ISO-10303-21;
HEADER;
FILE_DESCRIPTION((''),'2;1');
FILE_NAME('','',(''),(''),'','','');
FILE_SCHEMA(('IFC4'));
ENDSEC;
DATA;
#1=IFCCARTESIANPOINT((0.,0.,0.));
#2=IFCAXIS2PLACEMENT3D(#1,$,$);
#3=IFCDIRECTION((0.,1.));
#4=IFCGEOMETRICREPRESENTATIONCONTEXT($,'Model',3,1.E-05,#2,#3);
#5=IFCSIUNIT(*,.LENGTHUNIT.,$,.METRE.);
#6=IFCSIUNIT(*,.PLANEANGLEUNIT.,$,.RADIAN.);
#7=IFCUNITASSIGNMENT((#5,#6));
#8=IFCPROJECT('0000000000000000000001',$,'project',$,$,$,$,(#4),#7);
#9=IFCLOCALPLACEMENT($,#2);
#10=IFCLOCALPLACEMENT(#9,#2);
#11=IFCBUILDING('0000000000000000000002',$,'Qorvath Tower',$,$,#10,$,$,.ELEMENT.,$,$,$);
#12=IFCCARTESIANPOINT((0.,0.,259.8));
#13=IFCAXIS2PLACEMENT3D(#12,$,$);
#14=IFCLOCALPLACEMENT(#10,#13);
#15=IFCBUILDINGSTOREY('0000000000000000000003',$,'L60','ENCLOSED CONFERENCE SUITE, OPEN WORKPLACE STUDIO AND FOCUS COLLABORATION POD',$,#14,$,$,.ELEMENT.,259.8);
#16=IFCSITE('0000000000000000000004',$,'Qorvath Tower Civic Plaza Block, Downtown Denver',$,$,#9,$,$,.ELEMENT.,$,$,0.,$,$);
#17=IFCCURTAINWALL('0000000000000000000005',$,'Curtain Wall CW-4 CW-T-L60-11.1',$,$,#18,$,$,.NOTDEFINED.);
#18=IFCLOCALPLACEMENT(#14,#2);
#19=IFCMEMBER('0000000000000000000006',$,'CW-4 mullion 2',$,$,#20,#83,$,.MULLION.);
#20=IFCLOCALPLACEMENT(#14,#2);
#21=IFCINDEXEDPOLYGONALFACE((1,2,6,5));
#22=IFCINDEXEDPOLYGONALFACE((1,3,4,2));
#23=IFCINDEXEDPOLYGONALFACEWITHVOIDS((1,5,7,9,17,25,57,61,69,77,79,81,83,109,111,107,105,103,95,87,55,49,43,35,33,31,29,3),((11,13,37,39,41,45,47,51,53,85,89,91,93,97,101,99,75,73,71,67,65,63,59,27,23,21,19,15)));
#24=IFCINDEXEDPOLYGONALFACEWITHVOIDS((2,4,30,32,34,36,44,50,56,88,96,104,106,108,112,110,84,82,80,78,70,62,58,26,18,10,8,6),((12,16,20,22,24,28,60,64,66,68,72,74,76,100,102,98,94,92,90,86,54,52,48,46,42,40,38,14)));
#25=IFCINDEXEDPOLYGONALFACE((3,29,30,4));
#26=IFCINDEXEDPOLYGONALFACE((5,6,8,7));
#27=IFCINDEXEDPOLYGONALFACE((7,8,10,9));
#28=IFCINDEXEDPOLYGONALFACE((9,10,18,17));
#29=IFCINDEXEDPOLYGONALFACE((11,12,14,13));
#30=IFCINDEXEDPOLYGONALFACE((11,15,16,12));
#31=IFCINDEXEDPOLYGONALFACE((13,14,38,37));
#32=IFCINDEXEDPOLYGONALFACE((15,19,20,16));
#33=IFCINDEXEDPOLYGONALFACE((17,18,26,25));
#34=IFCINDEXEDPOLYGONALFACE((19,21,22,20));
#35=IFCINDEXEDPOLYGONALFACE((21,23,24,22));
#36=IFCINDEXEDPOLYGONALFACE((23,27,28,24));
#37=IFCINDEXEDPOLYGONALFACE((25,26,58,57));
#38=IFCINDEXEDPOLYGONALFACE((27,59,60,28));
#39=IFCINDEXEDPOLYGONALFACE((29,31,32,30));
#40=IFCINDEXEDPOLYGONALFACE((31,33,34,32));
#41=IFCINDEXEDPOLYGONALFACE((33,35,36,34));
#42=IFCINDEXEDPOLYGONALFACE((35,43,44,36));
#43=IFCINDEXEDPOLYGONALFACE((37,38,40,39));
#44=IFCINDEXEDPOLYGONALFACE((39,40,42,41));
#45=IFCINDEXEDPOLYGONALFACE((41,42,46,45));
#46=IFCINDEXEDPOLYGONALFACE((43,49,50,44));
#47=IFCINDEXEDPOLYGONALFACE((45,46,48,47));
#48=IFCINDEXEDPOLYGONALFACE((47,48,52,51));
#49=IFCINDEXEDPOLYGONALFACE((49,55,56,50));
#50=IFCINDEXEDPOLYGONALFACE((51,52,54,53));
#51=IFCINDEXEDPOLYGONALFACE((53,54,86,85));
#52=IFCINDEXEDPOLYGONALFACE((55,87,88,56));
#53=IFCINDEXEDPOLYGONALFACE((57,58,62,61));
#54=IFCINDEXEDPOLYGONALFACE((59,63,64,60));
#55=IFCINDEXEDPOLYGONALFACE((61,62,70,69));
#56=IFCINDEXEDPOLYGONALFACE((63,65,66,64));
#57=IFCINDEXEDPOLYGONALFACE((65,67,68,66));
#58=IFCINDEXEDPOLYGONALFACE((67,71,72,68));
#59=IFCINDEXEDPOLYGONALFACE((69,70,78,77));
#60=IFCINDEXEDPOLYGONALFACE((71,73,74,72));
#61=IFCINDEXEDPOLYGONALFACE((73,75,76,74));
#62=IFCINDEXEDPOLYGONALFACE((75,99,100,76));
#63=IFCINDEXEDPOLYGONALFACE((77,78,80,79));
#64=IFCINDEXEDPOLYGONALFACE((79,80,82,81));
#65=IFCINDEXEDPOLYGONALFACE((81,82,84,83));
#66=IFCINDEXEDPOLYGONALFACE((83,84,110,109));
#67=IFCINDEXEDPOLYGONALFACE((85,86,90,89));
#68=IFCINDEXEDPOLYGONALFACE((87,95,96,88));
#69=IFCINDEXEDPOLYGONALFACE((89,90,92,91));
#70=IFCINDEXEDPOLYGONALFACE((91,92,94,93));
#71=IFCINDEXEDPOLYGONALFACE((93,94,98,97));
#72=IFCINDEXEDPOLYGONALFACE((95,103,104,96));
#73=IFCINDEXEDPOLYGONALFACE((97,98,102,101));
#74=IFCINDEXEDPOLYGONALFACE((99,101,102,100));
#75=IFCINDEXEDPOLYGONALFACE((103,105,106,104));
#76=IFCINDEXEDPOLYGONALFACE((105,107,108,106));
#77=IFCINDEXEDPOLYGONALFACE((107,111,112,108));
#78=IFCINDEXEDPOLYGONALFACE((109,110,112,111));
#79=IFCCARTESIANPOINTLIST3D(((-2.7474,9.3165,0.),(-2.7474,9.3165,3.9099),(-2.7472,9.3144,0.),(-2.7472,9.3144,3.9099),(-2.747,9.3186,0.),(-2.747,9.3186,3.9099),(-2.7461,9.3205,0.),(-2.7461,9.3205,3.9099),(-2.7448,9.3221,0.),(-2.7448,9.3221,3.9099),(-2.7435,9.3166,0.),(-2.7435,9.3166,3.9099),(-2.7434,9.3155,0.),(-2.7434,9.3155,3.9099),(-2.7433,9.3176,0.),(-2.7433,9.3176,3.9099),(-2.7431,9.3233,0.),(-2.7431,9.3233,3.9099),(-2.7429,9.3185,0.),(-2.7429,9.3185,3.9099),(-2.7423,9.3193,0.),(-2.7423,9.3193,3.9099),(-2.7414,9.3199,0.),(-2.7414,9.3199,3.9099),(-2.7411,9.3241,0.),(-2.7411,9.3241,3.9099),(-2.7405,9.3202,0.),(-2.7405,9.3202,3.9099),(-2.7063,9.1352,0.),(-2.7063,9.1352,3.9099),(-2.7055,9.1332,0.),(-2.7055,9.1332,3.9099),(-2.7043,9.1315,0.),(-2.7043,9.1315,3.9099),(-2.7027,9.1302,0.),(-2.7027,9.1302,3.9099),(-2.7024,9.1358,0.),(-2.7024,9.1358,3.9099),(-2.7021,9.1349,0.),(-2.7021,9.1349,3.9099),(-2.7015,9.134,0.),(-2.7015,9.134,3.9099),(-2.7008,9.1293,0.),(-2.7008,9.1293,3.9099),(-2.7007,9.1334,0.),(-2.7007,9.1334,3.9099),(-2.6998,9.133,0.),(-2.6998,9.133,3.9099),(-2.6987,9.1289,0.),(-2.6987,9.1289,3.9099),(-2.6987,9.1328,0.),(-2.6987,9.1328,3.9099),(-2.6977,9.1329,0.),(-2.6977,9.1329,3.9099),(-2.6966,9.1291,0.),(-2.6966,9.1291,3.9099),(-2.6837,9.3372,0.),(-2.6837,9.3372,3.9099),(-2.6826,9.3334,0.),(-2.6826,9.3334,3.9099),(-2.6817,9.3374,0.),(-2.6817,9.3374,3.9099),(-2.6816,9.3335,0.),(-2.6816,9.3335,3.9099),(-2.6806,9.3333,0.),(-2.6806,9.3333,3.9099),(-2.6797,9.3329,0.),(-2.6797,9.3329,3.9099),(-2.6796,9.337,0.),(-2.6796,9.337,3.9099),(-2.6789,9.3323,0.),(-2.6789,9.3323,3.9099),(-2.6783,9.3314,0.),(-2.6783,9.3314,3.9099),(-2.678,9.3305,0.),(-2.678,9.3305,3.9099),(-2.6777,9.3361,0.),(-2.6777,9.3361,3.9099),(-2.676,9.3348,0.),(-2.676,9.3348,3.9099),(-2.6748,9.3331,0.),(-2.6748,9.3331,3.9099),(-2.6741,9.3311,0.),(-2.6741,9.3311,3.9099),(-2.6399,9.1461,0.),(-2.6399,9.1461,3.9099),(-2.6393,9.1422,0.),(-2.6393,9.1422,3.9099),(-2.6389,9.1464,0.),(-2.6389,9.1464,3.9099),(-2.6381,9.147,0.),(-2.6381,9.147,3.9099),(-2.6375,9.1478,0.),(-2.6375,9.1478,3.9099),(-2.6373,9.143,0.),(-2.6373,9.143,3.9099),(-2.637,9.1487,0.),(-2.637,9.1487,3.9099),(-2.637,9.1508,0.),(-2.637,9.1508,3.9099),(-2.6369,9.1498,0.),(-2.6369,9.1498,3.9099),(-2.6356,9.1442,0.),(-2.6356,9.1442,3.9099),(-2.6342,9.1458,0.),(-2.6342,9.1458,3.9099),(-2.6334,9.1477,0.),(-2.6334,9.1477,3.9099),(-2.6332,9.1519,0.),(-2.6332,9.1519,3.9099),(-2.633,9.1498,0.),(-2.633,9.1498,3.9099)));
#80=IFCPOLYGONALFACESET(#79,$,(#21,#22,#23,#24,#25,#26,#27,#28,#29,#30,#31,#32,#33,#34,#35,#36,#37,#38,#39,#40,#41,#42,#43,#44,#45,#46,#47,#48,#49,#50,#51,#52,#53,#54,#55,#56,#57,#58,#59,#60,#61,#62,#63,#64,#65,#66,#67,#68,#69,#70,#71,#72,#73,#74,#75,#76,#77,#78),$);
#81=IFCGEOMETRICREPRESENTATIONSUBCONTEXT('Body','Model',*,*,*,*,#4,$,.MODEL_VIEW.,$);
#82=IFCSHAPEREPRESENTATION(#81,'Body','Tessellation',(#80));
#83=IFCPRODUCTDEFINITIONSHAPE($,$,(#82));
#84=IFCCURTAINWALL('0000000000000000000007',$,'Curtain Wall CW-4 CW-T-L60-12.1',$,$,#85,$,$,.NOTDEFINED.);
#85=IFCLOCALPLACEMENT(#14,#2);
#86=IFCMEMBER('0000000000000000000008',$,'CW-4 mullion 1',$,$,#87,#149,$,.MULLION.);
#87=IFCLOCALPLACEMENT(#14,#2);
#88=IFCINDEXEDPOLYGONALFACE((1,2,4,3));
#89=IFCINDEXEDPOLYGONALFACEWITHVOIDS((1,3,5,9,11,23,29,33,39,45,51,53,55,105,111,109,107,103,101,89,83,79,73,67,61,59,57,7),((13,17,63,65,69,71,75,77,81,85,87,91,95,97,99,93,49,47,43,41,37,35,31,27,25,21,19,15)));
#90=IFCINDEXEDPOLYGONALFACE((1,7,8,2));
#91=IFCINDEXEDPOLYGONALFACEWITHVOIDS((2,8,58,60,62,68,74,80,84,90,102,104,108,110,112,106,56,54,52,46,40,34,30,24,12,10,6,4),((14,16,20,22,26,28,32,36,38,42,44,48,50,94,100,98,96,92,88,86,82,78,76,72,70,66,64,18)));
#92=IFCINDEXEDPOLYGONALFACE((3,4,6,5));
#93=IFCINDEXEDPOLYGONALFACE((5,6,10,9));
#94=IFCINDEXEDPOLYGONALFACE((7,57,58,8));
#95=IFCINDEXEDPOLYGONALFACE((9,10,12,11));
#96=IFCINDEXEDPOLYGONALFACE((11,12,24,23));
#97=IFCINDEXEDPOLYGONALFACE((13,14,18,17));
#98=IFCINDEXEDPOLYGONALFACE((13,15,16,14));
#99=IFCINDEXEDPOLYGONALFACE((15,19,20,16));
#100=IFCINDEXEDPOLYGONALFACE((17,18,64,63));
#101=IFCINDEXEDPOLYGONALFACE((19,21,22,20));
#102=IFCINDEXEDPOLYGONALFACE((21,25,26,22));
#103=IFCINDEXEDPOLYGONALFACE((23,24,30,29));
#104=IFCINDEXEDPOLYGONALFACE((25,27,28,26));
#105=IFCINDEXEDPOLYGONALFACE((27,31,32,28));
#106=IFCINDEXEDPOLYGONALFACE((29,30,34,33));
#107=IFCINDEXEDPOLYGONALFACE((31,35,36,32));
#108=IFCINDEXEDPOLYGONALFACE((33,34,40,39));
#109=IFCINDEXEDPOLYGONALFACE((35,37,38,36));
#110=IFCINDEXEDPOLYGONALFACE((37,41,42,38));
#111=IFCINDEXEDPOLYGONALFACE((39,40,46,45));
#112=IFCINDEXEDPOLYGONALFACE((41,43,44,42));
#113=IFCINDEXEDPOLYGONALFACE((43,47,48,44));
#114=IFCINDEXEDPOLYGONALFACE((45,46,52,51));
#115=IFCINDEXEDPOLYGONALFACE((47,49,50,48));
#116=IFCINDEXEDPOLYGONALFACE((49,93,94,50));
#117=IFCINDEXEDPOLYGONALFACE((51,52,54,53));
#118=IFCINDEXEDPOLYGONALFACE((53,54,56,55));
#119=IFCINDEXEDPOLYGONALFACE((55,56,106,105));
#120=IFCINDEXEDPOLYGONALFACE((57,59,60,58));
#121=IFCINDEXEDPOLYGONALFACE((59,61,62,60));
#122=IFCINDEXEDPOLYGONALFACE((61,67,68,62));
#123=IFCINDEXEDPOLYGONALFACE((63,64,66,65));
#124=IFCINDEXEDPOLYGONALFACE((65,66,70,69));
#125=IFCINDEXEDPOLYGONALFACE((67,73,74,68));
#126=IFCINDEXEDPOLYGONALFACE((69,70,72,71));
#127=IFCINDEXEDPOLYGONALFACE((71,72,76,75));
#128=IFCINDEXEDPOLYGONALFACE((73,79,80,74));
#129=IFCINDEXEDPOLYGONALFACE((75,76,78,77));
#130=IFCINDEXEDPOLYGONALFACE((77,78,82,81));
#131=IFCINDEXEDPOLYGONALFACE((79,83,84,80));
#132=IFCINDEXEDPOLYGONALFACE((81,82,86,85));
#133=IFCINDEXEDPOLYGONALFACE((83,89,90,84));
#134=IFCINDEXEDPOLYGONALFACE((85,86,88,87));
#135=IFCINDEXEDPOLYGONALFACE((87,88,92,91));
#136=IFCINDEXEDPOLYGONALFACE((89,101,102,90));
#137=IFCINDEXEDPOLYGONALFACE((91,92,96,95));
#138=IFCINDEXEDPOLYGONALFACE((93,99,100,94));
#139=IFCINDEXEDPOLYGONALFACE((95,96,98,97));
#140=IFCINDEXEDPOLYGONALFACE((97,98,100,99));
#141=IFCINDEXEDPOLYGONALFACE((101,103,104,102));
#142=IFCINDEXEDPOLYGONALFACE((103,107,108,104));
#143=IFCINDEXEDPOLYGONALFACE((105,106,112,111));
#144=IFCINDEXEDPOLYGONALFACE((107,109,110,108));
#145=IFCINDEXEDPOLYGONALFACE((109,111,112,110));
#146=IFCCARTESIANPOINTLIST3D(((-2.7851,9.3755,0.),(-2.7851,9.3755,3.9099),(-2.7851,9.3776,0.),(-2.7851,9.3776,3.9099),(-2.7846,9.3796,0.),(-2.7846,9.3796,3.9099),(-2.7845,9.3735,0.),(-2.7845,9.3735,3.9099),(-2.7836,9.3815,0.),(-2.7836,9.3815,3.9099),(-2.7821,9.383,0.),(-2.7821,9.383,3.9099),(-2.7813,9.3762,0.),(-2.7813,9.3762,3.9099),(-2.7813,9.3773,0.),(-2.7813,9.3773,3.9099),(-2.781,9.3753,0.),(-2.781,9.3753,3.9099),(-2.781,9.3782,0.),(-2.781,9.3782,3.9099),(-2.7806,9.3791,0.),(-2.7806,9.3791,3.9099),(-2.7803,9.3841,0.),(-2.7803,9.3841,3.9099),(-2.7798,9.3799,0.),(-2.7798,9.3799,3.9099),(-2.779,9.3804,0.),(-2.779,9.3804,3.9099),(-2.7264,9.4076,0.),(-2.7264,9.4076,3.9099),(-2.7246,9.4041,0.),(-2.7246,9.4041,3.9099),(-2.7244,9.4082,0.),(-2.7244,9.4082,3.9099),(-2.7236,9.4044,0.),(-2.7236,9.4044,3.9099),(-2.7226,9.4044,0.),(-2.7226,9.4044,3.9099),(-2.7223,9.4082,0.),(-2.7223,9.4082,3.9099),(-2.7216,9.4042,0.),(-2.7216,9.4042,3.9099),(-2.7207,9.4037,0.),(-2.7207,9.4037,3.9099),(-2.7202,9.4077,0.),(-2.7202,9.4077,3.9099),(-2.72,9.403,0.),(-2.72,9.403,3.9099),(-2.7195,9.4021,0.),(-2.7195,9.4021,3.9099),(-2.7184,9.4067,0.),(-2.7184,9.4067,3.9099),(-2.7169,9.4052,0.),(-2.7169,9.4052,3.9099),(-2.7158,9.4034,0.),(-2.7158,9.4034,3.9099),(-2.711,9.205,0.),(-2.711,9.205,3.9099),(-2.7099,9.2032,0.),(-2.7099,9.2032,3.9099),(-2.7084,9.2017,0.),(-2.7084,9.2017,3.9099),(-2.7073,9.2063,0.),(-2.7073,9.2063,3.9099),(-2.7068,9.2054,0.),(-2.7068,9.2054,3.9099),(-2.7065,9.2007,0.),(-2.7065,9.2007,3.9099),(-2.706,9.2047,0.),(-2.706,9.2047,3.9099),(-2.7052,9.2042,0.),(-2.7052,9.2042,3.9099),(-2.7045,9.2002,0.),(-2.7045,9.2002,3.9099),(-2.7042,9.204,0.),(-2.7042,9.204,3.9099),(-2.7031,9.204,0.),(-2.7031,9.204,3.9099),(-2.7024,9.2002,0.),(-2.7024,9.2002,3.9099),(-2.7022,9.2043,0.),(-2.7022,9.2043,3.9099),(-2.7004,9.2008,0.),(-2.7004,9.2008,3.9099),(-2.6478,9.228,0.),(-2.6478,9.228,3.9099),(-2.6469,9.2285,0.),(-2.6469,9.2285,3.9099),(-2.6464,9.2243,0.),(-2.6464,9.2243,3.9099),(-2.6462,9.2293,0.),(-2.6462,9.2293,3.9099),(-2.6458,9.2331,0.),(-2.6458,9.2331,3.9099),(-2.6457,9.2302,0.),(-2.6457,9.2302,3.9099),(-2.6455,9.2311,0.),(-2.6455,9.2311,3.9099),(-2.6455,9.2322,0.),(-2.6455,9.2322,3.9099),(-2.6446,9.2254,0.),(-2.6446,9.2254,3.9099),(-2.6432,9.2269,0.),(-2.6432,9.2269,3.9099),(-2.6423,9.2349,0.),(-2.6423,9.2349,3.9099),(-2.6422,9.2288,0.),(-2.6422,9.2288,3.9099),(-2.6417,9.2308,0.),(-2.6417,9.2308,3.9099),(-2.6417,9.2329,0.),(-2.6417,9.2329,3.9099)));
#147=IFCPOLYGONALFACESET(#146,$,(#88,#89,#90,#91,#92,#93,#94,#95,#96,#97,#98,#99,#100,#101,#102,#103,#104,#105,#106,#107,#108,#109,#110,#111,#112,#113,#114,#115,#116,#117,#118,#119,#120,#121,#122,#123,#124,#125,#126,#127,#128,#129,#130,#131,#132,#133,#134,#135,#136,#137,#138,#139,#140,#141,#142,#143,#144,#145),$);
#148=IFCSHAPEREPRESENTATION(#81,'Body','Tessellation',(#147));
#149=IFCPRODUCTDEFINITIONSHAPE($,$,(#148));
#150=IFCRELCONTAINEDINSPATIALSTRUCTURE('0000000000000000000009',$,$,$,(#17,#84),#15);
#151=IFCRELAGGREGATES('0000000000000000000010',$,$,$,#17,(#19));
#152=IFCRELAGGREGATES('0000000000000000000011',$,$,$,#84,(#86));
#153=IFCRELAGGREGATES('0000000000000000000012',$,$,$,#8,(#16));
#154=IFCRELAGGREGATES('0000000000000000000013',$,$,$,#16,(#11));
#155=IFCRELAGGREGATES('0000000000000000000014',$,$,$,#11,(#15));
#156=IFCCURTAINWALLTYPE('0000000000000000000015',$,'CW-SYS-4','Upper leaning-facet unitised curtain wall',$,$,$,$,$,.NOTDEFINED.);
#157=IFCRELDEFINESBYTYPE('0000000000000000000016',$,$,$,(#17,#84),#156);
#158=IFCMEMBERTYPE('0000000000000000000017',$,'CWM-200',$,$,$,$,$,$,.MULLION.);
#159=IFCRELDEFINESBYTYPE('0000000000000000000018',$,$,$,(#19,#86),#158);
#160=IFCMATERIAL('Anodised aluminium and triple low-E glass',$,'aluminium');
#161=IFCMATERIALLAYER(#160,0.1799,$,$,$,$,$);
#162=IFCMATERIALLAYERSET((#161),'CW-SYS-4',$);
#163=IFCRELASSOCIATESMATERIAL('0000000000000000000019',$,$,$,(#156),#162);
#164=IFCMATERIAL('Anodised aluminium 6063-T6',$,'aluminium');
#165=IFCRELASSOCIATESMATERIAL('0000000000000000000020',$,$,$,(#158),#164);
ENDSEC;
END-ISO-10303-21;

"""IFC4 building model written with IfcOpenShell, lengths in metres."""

from ifc_helpers import new_model, si_unit, direction, frame, origin, origin_2d, place, context, subcontext, project, spatial, hollow_rectangle, extrude, material, layer, layer_set, material_profile, profile_set, type_object, element, aggregate, save


model = new_model("IFC4")

# Units and contexts
model_context = context("Model", 3, precision=1e-05, world=origin(), true_north=direction((0.0, 1.0)))
body_context = subcontext(model_context, "Body", "Model", "MODEL_VIEW")
ifc_project = project(units=[si_unit("LENGTHUNIT", "METRE"), si_unit("PLANEANGLEUNIT", "RADIAN")], contexts=[model_context])

# Site, building, storey
site_placement = place(None, origin())
site = spatial("IfcSite", under=ifc_project, at=site_placement, Name="Qorvath Tower Civic Plaza Block, Downtown Denver", CompositionType="ELEMENT", RefElevation=0.0)
building_placement = place(site_placement, origin())
building = spatial("IfcBuilding", under=site, at=building_placement, Name="Qorvath Tower", CompositionType="ELEMENT")
storey_placement = place(building_placement, frame((0.0, 0.0, 259.8)))
storey = spatial("IfcBuildingStorey", under=building, at=storey_placement, Name="L60", Description="ENCLOSED CONFERENCE SUITE, OPEN WORKPLACE STUDIO AND FOCUS COLLABORATION POD", CompositionType="ELEMENT", Elevation=259.8)

# Curtain wall, member
ifc_material_1 = material(Name="Anodised aluminium and triple low-E glass", Category="aluminium")
ifc_layer_1 = layer(ifc_material_1, 0.1799)
ifc_layer_set_1 = layer_set([ifc_layer_1], Name="CW-SYS-4")
curtain_wall_type = type_object("IfcCurtainWallType", Name="CW-SYS-4", Description="Upper leaning-facet unitised curtain wall", PredefinedType="NOTDEFINED", material=ifc_layer_set_1)
curtain_wall_1_placement = place(storey_placement, origin())
curtain_wall_1 = element("IfcCurtainWall", 1, at=curtain_wall_1_placement, inside=storey, type_object=curtain_wall_type, Name="Curtain Wall CW-4 CW-T-L60-11.1", PredefinedType="NOTDEFINED")
ifc_material_2 = material(Name="Anodised aluminium 6063-T6", Category="aluminium")
ifc_material_profile_1 = material_profile(ifc_material_2, hollow_rectangle(XDim=0.075, YDim=0.2, WallThickness=0.0039, InnerFilletRadius=0.0039, OuterFilletRadius=0.0081, at=origin_2d()), Name="CWM 200x75")
ifc_profile_set_1 = profile_set([ifc_material_profile_1], Name="Anodised aluminium 6063-T6")
member_type_1 = type_object("IfcMemberType", Name="CWM-200", PredefinedType="MULLION", material=ifc_profile_set_1)
member_1_placement = place(storey_placement, frame((-2.6902, 9.2332, 0.0), z_axis=(0.0, 0.0, 1.0), x_axis=(-0.974942, -0.222459, 0.0)))
member_1 = element("IfcMember", 2, at=member_1_placement, type_object=member_type_1, Name="CW-4 mullion 2", PredefinedType="MULLION", context=body_context, shape_type="SweptSolid", body=[
    extrude(hollow_rectangle(XDim=0.075, YDim=0.2, WallThickness=0.0039, InnerFilletRadius=0.0039, OuterFilletRadius=0.0081, at=origin_2d()), origin(), (0.0, 0.0, 1.0), 3.9099),
])
aggregate(curtain_wall_1, [member_1])

# Curtain wall, member
curtain_wall_2_placement = place(storey_placement, origin())
curtain_wall_2 = element("IfcCurtainWall", 3, at=curtain_wall_2_placement, inside=storey, type_object=curtain_wall_type, Name="Curtain Wall CW-4 CW-T-L60-12.1", PredefinedType="NOTDEFINED")
member_2_placement = place(storey_placement, frame((-2.7134, 9.3042, 0.0), z_axis=(0.0, 0.0, 1.0), x_axis=(-0.916612, -0.399777, 0.0)))
member_2 = element("IfcMember", 4, at=member_2_placement, type_object=member_type_1, Name="CW-4 mullion 1", PredefinedType="MULLION", context=body_context, shape_type="SweptSolid", body=[
    extrude(hollow_rectangle(XDim=0.075, YDim=0.2, WallThickness=0.0039, InnerFilletRadius=0.0039, OuterFilletRadius=0.0081, at=origin_2d()), origin(), (0.0, 0.0, 1.0), 3.9099),
])

aggregate(curtain_wall_2, [member_2])

save(model, "model.ifc")
